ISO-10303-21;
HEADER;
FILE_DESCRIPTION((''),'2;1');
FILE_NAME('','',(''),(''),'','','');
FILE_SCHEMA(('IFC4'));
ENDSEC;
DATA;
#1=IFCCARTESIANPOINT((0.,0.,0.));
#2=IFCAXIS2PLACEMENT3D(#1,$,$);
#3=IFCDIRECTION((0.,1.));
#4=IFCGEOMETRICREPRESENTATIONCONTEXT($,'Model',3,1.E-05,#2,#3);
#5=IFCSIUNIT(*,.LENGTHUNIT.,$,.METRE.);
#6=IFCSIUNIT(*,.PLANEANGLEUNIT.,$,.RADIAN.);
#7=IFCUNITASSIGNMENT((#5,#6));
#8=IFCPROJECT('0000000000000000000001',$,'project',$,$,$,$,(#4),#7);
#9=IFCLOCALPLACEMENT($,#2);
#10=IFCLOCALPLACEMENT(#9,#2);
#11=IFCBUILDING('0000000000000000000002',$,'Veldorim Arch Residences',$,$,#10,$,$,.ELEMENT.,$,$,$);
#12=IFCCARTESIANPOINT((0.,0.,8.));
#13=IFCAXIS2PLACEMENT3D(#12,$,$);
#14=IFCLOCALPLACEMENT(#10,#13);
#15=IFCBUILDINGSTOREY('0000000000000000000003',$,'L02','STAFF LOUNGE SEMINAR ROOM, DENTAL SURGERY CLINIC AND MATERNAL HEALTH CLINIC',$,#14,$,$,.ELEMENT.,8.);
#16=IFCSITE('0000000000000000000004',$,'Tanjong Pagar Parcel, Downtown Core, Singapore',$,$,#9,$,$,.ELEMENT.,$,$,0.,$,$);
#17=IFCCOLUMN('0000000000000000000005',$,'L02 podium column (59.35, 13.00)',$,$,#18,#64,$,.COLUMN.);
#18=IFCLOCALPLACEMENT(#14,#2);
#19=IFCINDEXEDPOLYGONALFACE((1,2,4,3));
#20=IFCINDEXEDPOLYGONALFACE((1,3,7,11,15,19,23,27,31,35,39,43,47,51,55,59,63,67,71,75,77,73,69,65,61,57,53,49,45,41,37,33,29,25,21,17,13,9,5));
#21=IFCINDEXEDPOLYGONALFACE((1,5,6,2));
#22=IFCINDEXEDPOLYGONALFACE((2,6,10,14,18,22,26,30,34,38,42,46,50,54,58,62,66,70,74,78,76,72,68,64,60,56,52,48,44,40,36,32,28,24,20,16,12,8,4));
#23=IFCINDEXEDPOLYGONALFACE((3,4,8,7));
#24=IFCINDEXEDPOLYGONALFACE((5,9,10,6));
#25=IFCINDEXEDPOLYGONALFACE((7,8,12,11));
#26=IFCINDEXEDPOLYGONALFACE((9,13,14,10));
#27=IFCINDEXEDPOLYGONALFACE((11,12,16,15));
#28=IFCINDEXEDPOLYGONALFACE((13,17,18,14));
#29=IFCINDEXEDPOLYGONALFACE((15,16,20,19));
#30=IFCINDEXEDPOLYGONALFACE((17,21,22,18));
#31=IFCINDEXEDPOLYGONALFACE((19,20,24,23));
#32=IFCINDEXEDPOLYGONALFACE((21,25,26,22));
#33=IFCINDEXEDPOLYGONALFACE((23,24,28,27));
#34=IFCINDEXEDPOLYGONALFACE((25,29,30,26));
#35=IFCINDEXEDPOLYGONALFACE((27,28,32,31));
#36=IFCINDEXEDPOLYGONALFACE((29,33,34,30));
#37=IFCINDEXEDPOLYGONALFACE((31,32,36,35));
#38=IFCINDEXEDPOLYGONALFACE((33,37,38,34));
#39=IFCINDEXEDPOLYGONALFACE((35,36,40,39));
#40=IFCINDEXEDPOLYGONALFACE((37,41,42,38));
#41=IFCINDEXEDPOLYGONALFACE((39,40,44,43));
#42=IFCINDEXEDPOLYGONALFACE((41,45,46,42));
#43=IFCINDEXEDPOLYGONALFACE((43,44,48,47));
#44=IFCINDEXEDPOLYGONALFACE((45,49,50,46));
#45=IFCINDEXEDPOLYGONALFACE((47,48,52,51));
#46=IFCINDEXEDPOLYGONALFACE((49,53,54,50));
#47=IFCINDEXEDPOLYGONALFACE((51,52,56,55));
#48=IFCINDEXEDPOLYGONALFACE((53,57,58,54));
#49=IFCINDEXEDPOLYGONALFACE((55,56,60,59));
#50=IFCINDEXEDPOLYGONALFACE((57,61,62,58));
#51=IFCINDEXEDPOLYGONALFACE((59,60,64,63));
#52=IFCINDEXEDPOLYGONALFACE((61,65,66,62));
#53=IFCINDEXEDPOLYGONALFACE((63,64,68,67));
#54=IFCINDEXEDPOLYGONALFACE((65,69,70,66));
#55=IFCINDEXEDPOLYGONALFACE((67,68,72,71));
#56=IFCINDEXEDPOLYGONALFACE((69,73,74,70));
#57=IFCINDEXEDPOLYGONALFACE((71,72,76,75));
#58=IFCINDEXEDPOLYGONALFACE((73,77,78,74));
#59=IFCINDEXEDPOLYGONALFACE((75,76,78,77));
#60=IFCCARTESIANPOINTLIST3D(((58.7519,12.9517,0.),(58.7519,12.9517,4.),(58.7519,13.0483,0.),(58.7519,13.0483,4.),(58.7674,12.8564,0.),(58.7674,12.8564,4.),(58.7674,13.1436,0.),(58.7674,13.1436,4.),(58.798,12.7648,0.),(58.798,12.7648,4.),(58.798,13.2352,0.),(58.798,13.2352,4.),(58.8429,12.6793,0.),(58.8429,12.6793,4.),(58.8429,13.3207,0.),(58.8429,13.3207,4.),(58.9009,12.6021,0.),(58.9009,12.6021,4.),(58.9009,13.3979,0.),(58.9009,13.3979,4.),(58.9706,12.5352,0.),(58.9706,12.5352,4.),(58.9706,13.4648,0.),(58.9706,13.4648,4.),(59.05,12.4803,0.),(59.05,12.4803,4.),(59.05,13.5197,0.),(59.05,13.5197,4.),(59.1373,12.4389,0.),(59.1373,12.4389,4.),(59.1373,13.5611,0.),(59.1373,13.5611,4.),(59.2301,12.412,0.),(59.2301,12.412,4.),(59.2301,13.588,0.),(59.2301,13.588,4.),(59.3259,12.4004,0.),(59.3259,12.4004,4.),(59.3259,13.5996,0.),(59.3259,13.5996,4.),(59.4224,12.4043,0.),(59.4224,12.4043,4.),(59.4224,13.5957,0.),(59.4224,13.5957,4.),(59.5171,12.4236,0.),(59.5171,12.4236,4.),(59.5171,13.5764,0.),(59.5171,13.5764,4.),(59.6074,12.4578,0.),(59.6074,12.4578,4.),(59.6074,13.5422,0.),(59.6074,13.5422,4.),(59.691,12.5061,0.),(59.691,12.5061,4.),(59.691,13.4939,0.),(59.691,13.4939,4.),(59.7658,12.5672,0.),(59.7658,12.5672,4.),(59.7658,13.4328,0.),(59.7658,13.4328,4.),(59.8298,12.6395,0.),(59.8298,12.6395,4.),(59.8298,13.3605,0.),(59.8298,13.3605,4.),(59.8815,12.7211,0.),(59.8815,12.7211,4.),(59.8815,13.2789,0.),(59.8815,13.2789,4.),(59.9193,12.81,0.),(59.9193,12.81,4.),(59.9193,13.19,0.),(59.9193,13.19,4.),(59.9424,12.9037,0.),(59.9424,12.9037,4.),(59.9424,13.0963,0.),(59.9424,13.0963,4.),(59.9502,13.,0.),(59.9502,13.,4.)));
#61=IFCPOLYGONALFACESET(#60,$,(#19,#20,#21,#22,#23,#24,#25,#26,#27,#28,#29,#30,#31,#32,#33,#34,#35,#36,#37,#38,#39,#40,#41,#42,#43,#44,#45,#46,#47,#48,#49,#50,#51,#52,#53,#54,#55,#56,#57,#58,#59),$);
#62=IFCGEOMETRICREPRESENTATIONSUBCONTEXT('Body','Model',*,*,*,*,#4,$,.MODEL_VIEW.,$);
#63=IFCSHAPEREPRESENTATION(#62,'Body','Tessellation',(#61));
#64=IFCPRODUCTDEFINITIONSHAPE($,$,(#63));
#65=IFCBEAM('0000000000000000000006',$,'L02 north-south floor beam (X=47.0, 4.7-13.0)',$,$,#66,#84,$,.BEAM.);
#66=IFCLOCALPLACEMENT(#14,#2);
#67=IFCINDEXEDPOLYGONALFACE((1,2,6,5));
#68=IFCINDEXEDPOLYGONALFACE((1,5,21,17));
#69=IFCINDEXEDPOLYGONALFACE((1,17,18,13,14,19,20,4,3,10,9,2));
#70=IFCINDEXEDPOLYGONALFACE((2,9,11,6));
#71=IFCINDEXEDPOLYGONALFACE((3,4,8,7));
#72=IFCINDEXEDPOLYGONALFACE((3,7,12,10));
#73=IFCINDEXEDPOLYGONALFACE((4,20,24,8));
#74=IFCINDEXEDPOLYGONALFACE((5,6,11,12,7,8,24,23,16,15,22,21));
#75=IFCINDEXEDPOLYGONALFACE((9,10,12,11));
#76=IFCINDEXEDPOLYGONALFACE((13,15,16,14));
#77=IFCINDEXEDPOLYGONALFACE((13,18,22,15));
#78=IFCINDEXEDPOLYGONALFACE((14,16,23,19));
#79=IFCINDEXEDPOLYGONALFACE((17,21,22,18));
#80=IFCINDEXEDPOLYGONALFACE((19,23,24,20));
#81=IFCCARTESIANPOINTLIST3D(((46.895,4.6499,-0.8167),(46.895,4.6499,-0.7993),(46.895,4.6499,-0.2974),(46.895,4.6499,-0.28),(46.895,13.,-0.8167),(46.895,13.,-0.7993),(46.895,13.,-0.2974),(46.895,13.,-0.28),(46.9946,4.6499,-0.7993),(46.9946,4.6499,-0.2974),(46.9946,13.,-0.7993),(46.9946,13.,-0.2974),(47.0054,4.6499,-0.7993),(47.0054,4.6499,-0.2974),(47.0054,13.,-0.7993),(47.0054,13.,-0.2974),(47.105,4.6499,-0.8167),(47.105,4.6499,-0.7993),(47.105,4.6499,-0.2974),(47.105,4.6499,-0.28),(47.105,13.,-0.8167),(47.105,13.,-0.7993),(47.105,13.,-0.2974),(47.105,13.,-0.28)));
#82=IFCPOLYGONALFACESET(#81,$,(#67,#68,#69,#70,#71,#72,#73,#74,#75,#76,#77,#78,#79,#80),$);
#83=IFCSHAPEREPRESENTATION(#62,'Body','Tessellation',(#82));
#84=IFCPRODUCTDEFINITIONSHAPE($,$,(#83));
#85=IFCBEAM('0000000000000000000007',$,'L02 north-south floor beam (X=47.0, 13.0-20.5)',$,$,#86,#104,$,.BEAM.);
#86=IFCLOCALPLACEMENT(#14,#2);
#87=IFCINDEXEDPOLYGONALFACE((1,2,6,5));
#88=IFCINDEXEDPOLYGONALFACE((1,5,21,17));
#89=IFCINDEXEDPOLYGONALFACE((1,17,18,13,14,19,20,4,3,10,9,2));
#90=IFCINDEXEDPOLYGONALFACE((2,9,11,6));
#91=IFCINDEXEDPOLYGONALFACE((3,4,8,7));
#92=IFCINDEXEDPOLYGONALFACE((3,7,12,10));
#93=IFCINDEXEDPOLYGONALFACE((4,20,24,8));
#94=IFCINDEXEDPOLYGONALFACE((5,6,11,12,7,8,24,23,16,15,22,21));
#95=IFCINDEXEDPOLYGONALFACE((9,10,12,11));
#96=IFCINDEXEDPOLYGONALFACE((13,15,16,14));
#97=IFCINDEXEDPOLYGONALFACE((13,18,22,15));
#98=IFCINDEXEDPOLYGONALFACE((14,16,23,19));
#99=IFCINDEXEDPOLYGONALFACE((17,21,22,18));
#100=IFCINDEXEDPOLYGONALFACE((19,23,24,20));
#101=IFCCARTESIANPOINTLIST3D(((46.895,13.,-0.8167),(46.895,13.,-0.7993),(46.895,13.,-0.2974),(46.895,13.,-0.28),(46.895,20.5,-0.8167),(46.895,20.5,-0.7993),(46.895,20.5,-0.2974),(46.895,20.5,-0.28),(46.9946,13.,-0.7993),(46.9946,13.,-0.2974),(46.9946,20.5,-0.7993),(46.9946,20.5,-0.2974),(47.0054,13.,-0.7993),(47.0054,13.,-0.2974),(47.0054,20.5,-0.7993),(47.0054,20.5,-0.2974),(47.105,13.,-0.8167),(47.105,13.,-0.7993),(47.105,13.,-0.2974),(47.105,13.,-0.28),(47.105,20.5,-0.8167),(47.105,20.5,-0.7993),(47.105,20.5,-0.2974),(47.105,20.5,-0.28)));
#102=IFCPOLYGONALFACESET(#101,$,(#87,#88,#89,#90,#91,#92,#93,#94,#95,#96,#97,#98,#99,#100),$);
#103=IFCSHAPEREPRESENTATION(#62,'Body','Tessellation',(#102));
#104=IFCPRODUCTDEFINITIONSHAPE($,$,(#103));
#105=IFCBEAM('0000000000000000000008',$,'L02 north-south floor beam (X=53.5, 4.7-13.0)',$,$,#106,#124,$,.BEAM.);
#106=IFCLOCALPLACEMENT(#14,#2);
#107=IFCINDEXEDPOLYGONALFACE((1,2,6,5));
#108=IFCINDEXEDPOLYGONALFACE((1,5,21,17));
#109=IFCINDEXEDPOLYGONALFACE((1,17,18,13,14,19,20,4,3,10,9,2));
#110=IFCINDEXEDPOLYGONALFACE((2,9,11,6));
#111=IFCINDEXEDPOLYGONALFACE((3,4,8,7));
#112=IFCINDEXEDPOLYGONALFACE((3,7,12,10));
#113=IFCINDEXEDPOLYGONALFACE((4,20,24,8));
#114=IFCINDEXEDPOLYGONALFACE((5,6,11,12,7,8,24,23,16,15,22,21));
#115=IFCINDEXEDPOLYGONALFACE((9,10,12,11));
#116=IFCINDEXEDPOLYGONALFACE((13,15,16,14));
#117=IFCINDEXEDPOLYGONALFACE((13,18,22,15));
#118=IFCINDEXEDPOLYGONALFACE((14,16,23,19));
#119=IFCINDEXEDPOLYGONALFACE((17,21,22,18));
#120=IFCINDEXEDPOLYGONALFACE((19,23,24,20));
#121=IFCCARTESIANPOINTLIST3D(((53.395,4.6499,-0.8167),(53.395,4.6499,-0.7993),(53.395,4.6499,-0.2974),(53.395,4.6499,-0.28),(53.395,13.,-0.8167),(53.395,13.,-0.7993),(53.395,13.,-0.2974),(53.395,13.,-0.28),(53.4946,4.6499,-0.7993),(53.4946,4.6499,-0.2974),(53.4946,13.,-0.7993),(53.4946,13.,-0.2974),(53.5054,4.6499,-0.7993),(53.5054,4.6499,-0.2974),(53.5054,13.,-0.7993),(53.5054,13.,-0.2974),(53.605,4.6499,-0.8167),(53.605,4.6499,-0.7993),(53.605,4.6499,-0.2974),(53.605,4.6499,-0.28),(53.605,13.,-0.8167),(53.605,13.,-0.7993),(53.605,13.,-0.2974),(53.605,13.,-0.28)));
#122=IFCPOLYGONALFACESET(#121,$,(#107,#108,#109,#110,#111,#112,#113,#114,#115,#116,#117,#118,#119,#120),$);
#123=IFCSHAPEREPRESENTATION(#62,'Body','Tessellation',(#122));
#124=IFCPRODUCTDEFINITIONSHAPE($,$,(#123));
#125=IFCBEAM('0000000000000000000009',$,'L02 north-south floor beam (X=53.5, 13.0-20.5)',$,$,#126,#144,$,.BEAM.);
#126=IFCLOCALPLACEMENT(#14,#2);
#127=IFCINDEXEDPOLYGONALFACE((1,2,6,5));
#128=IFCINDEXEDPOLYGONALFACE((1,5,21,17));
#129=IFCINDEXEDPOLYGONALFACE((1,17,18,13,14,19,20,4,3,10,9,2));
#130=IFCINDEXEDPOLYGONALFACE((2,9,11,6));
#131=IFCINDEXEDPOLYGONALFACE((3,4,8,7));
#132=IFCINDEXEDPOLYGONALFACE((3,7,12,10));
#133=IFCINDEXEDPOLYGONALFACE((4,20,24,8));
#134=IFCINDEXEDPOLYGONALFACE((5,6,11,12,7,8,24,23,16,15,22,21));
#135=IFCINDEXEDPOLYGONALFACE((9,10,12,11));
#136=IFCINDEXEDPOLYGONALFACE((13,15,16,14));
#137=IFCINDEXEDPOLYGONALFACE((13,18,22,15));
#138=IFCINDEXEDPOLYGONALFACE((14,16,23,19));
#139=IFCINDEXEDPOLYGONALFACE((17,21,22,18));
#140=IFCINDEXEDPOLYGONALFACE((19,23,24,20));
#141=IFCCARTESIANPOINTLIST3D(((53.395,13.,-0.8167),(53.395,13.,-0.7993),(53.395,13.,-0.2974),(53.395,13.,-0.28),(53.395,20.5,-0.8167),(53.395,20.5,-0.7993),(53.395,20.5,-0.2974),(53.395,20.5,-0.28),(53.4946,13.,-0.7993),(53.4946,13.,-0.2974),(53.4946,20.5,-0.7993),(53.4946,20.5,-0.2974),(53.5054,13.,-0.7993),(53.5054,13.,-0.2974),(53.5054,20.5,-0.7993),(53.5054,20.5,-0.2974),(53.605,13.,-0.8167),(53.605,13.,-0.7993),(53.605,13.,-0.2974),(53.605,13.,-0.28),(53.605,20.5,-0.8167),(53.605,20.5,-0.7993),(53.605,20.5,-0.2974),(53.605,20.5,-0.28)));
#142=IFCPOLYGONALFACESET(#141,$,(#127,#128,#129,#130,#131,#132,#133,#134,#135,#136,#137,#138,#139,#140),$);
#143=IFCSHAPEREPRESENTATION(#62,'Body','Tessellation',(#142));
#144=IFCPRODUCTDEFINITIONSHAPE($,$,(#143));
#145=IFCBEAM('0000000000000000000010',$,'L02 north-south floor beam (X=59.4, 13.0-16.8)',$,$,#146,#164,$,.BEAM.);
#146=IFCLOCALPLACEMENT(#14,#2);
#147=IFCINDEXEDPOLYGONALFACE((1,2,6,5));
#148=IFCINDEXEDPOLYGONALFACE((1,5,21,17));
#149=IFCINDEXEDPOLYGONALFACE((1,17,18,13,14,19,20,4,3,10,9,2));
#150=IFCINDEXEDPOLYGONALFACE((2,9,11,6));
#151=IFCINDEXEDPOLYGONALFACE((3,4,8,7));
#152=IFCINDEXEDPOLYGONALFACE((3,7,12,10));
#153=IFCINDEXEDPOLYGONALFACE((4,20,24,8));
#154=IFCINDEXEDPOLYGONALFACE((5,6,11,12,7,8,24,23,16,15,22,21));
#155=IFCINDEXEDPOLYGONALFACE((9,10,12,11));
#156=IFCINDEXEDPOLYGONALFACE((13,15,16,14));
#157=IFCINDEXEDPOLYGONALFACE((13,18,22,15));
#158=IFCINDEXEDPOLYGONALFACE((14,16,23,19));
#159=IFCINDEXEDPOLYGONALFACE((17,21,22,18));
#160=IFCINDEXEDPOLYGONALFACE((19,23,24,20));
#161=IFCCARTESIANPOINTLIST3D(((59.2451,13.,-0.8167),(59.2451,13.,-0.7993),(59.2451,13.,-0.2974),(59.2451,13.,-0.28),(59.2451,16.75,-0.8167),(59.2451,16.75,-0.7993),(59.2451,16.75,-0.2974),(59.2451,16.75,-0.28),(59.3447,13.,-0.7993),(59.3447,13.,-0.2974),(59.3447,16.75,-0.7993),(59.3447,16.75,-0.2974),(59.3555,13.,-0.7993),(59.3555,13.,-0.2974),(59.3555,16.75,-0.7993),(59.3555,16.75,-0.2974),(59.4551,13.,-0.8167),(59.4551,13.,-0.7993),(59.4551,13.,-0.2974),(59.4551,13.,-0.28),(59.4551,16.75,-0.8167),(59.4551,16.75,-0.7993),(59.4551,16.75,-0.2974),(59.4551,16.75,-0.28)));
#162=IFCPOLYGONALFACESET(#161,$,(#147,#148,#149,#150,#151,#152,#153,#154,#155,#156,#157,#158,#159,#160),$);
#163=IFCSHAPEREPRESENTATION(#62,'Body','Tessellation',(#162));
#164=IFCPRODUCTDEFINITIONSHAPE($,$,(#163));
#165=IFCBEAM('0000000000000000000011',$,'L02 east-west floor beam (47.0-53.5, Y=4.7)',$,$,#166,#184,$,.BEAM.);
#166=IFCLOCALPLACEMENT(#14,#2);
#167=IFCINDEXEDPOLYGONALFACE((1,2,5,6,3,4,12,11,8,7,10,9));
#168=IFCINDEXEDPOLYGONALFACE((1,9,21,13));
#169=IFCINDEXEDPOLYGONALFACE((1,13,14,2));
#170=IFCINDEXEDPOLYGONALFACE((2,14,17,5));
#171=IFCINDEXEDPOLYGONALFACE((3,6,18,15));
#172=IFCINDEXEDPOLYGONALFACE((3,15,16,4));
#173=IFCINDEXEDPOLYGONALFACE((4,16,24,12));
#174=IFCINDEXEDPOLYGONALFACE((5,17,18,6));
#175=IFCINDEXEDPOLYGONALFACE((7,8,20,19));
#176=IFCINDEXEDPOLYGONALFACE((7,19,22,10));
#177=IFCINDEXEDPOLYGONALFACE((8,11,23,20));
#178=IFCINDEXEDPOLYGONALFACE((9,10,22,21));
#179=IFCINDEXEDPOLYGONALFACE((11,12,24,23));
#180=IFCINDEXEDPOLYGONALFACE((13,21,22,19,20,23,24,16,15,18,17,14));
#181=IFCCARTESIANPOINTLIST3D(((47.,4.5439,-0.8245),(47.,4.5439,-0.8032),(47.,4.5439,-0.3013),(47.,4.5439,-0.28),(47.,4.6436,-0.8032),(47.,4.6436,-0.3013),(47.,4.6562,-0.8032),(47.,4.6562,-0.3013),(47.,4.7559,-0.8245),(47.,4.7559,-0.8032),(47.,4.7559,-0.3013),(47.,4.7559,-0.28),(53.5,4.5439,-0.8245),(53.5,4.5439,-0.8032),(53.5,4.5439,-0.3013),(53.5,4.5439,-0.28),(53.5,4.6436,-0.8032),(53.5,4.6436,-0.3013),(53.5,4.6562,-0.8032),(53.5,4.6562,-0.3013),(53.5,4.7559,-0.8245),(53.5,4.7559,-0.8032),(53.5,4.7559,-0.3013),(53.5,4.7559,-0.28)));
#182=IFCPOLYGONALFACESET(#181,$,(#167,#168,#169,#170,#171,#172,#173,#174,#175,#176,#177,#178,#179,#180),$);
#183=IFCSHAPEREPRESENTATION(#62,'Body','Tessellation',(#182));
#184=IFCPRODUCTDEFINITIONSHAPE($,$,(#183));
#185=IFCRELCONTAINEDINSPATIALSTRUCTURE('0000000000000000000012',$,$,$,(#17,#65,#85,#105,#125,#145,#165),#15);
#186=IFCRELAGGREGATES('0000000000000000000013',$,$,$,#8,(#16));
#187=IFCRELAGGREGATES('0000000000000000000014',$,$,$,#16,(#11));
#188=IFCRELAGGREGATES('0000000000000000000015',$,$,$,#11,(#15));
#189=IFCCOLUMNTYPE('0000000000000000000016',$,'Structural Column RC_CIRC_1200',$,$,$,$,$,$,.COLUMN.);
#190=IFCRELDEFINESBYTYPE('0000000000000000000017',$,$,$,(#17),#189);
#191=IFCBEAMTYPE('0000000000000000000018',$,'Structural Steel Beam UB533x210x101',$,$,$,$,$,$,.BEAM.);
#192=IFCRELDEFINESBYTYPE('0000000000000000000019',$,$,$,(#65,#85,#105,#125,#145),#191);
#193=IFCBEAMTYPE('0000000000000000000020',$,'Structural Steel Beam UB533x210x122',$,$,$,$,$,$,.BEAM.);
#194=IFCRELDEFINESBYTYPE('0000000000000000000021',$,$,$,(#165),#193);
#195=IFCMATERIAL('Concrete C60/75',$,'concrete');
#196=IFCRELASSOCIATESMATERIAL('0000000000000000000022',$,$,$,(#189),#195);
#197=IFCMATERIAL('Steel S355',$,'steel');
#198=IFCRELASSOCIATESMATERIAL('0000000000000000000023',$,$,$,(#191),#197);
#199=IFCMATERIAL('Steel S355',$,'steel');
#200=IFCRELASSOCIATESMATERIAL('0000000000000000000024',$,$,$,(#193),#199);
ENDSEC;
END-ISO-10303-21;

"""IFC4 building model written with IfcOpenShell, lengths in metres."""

from ifc_helpers import new_model, si_unit, direction, frame, origin, origin_2d, place, context, subcontext, project, spatial, circle, i_section, extrude, material, material_profile, profile_set, type_object, element, save


model = new_model("IFC4")

# Units and contexts
model_context = context("Model", 3, precision=1e-05, world=origin(), true_north=direction((0.0, 1.0)))
body_context = subcontext(model_context, "Body", "Model", "MODEL_VIEW")
ifc_project = project(units=[si_unit("LENGTHUNIT", "METRE"), si_unit("PLANEANGLEUNIT", "RADIAN")], contexts=[model_context])

# Site, building, storey
site_placement = place(None, origin())
site = spatial("IfcSite", under=ifc_project, at=site_placement, Name="Tanjong Pagar Parcel, Downtown Core, Singapore", CompositionType="ELEMENT", RefElevation=0.0)
building_placement = place(site_placement, origin())
building = spatial("IfcBuilding", under=site, at=building_placement, Name="Veldorim Arch Residences", CompositionType="ELEMENT")
storey_placement = place(building_placement, frame((0.0, 0.0, 8.0)))
storey = spatial("IfcBuildingStorey", under=building, at=storey_placement, Name="L02", Description="STAFF LOUNGE SEMINAR ROOM, DENTAL SURGERY CLINIC AND MATERNAL HEALTH CLINIC", CompositionType="ELEMENT", Elevation=8.0)

# Column
ifc_material_1 = material(Name="Concrete C60/75", Category="concrete")
ifc_material_profile_1 = material_profile(ifc_material_1, circle(Radius=0.6001, at=origin_2d()), Name="RC_CIRC_1200")
ifc_profile_set_1 = profile_set([ifc_material_profile_1], Name="Concrete C60/75")
column_type = type_object("IfcColumnType", Name="Structural Column RC_CIRC_1200", PredefinedType="COLUMN", material=ifc_profile_set_1)
for number, where, z_axis, x_axis, name in (
    (1, (59.3501, 13.0, 0.0), (0.0, 0.0, 1.0), (1.0, 0.0, 0.0), "L02 podium column (59.35, 13.00)"),
):
    element("IfcColumn", number, at=place(storey_placement, frame(where, z_axis=z_axis, x_axis=x_axis)), inside=storey, type_object=column_type, Name=name, PredefinedType="COLUMN", context=body_context, shape_type="SweptSolid", body=[
        extrude(circle(Radius=0.6001, at=origin_2d()), origin(), (0.0, 0.0, 1.0), 4.0),
    ])

# Beams
ifc_material_2 = material(Name="Steel S355", Category="steel")
ifc_material_profile_2 = material_profile(ifc_material_2, i_section(OverallWidth=0.21, OverallDepth=0.5366, WebThickness=0.0107, FlangeThickness=0.0173, at=origin_2d()), Name="UB533x210x101")
ifc_profile_set_2 = profile_set([ifc_material_profile_2], Name="Steel S355")
beam_type_1 = type_object("IfcBeamType", Name="Structural Steel Beam UB533x210x101", PredefinedType="BEAM", material=ifc_profile_set_2)
beam_1_placement = place(storey_placement, frame((47.0, 4.6499, -0.5483), z_axis=(0.0, 1.0, 0.0), x_axis=(-1.0, 0.0, 0.0)))
element("IfcBeam", 2, at=beam_1_placement, inside=storey, type_object=beam_type_1, Name="L02 north-south floor beam (X=47.0, 4.7-13.0)", PredefinedType="BEAM", context=body_context, shape_type="SweptSolid", body=[
    extrude(i_section(OverallWidth=0.21, OverallDepth=0.5366, WebThickness=0.0107, FlangeThickness=0.0173, at=origin_2d()), origin(), (0.0, 0.0, 1.0), 8.3501),
])
beam_2_placement = place(storey_placement, frame((47.0, 13.0, -0.5483), z_axis=(0.0, 1.0, 0.0), x_axis=(-1.0, 0.0, 0.0)))
element("IfcBeam", 3, at=beam_2_placement, inside=storey, type_object=beam_type_1, Name="L02 north-south floor beam (X=47.0, 13.0-20.5)", PredefinedType="BEAM", context=body_context, shape_type="SweptSolid", body=[
    extrude(i_section(OverallWidth=0.21, OverallDepth=0.5366, WebThickness=0.0107, FlangeThickness=0.0173, at=origin_2d()), origin(), (0.0, 0.0, 1.0), 7.5),
])
beam_3_placement = place(storey_placement, frame((53.5, 4.6499, -0.5483), z_axis=(0.0, 1.0, 0.0), x_axis=(-1.0, 0.0, 0.0)))
element("IfcBeam", 4, at=beam_3_placement, inside=storey, type_object=beam_type_1, Name="L02 north-south floor beam (X=53.5, 4.7-13.0)", PredefinedType="BEAM", context=body_context, shape_type="SweptSolid", body=[
    extrude(i_section(OverallWidth=0.21, OverallDepth=0.5366, WebThickness=0.0107, FlangeThickness=0.0173, at=origin_2d()), origin(), (0.0, 0.0, 1.0), 8.3501),
])
beam_4_placement = place(storey_placement, frame((53.5, 13.0, -0.5483), z_axis=(0.0, 1.0, 0.0), x_axis=(-1.0, 0.0, 0.0)))
element("IfcBeam", 5, at=beam_4_placement, inside=storey, type_object=beam_type_1, Name="L02 north-south floor beam (X=53.5, 13.0-20.5)", PredefinedType="BEAM", context=body_context, shape_type="SweptSolid", body=[
    extrude(i_section(OverallWidth=0.21, OverallDepth=0.5366, WebThickness=0.0107, FlangeThickness=0.0173, at=origin_2d()), origin(), (0.0, 0.0, 1.0), 7.5),
])
beam_5_placement = place(storey_placement, frame((59.3501, 13.0, -0.5483), z_axis=(0.0, 1.0, 0.0), x_axis=(-1.0, 0.0, 0.0)))
element("IfcBeam", 6, at=beam_5_placement, inside=storey, type_object=beam_type_1, Name="L02 north-south floor beam (X=59.4, 13.0-16.8)", PredefinedType="BEAM", context=body_context, shape_type="SweptSolid", body=[
    extrude(i_section(OverallWidth=0.21, OverallDepth=0.5366, WebThickness=0.0107, FlangeThickness=0.0173, at=origin_2d()), origin(), (0.0, 0.0, 1.0), 3.75),
])
ifc_material_3 = material(Name="Steel S355", Category="steel")
ifc_material_profile_3 = material_profile(ifc_material_3, i_section(OverallWidth=0.2119, OverallDepth=0.5444, WebThickness=0.0127, FlangeThickness=0.0212, at=origin_2d()), Name="UB533x210x122")
ifc_profile_set_3 = profile_set([ifc_material_profile_3], Name="Steel S355")
beam_type_2 = type_object("IfcBeamType", Name="Structural Steel Beam UB533x210x122", PredefinedType="BEAM", material=ifc_profile_set_3)
for number, where, z_axis, x_axis, name in (
    (7, (47.0, 4.6499, -0.5522), (1.0, 0.0, 0.0), (0.0, 1.0, 0.0), "L02 east-west floor beam (47.0-53.5, Y=4.7)"),
):
    element("IfcBeam", number, at=place(storey_placement, frame(where, z_axis=z_axis, x_axis=x_axis)), inside=storey, type_object=beam_type_2, Name=name, PredefinedType="BEAM", context=body_context, shape_type="SweptSolid", body=[
        extrude(i_section(OverallWidth=0.2119, OverallDepth=0.5444, WebThickness=0.0127, FlangeThickness=0.0212, at=origin_2d()), origin(), (0.0, 0.0, 1.0), 6.5),
    ])

save(model, "model.ifc")
